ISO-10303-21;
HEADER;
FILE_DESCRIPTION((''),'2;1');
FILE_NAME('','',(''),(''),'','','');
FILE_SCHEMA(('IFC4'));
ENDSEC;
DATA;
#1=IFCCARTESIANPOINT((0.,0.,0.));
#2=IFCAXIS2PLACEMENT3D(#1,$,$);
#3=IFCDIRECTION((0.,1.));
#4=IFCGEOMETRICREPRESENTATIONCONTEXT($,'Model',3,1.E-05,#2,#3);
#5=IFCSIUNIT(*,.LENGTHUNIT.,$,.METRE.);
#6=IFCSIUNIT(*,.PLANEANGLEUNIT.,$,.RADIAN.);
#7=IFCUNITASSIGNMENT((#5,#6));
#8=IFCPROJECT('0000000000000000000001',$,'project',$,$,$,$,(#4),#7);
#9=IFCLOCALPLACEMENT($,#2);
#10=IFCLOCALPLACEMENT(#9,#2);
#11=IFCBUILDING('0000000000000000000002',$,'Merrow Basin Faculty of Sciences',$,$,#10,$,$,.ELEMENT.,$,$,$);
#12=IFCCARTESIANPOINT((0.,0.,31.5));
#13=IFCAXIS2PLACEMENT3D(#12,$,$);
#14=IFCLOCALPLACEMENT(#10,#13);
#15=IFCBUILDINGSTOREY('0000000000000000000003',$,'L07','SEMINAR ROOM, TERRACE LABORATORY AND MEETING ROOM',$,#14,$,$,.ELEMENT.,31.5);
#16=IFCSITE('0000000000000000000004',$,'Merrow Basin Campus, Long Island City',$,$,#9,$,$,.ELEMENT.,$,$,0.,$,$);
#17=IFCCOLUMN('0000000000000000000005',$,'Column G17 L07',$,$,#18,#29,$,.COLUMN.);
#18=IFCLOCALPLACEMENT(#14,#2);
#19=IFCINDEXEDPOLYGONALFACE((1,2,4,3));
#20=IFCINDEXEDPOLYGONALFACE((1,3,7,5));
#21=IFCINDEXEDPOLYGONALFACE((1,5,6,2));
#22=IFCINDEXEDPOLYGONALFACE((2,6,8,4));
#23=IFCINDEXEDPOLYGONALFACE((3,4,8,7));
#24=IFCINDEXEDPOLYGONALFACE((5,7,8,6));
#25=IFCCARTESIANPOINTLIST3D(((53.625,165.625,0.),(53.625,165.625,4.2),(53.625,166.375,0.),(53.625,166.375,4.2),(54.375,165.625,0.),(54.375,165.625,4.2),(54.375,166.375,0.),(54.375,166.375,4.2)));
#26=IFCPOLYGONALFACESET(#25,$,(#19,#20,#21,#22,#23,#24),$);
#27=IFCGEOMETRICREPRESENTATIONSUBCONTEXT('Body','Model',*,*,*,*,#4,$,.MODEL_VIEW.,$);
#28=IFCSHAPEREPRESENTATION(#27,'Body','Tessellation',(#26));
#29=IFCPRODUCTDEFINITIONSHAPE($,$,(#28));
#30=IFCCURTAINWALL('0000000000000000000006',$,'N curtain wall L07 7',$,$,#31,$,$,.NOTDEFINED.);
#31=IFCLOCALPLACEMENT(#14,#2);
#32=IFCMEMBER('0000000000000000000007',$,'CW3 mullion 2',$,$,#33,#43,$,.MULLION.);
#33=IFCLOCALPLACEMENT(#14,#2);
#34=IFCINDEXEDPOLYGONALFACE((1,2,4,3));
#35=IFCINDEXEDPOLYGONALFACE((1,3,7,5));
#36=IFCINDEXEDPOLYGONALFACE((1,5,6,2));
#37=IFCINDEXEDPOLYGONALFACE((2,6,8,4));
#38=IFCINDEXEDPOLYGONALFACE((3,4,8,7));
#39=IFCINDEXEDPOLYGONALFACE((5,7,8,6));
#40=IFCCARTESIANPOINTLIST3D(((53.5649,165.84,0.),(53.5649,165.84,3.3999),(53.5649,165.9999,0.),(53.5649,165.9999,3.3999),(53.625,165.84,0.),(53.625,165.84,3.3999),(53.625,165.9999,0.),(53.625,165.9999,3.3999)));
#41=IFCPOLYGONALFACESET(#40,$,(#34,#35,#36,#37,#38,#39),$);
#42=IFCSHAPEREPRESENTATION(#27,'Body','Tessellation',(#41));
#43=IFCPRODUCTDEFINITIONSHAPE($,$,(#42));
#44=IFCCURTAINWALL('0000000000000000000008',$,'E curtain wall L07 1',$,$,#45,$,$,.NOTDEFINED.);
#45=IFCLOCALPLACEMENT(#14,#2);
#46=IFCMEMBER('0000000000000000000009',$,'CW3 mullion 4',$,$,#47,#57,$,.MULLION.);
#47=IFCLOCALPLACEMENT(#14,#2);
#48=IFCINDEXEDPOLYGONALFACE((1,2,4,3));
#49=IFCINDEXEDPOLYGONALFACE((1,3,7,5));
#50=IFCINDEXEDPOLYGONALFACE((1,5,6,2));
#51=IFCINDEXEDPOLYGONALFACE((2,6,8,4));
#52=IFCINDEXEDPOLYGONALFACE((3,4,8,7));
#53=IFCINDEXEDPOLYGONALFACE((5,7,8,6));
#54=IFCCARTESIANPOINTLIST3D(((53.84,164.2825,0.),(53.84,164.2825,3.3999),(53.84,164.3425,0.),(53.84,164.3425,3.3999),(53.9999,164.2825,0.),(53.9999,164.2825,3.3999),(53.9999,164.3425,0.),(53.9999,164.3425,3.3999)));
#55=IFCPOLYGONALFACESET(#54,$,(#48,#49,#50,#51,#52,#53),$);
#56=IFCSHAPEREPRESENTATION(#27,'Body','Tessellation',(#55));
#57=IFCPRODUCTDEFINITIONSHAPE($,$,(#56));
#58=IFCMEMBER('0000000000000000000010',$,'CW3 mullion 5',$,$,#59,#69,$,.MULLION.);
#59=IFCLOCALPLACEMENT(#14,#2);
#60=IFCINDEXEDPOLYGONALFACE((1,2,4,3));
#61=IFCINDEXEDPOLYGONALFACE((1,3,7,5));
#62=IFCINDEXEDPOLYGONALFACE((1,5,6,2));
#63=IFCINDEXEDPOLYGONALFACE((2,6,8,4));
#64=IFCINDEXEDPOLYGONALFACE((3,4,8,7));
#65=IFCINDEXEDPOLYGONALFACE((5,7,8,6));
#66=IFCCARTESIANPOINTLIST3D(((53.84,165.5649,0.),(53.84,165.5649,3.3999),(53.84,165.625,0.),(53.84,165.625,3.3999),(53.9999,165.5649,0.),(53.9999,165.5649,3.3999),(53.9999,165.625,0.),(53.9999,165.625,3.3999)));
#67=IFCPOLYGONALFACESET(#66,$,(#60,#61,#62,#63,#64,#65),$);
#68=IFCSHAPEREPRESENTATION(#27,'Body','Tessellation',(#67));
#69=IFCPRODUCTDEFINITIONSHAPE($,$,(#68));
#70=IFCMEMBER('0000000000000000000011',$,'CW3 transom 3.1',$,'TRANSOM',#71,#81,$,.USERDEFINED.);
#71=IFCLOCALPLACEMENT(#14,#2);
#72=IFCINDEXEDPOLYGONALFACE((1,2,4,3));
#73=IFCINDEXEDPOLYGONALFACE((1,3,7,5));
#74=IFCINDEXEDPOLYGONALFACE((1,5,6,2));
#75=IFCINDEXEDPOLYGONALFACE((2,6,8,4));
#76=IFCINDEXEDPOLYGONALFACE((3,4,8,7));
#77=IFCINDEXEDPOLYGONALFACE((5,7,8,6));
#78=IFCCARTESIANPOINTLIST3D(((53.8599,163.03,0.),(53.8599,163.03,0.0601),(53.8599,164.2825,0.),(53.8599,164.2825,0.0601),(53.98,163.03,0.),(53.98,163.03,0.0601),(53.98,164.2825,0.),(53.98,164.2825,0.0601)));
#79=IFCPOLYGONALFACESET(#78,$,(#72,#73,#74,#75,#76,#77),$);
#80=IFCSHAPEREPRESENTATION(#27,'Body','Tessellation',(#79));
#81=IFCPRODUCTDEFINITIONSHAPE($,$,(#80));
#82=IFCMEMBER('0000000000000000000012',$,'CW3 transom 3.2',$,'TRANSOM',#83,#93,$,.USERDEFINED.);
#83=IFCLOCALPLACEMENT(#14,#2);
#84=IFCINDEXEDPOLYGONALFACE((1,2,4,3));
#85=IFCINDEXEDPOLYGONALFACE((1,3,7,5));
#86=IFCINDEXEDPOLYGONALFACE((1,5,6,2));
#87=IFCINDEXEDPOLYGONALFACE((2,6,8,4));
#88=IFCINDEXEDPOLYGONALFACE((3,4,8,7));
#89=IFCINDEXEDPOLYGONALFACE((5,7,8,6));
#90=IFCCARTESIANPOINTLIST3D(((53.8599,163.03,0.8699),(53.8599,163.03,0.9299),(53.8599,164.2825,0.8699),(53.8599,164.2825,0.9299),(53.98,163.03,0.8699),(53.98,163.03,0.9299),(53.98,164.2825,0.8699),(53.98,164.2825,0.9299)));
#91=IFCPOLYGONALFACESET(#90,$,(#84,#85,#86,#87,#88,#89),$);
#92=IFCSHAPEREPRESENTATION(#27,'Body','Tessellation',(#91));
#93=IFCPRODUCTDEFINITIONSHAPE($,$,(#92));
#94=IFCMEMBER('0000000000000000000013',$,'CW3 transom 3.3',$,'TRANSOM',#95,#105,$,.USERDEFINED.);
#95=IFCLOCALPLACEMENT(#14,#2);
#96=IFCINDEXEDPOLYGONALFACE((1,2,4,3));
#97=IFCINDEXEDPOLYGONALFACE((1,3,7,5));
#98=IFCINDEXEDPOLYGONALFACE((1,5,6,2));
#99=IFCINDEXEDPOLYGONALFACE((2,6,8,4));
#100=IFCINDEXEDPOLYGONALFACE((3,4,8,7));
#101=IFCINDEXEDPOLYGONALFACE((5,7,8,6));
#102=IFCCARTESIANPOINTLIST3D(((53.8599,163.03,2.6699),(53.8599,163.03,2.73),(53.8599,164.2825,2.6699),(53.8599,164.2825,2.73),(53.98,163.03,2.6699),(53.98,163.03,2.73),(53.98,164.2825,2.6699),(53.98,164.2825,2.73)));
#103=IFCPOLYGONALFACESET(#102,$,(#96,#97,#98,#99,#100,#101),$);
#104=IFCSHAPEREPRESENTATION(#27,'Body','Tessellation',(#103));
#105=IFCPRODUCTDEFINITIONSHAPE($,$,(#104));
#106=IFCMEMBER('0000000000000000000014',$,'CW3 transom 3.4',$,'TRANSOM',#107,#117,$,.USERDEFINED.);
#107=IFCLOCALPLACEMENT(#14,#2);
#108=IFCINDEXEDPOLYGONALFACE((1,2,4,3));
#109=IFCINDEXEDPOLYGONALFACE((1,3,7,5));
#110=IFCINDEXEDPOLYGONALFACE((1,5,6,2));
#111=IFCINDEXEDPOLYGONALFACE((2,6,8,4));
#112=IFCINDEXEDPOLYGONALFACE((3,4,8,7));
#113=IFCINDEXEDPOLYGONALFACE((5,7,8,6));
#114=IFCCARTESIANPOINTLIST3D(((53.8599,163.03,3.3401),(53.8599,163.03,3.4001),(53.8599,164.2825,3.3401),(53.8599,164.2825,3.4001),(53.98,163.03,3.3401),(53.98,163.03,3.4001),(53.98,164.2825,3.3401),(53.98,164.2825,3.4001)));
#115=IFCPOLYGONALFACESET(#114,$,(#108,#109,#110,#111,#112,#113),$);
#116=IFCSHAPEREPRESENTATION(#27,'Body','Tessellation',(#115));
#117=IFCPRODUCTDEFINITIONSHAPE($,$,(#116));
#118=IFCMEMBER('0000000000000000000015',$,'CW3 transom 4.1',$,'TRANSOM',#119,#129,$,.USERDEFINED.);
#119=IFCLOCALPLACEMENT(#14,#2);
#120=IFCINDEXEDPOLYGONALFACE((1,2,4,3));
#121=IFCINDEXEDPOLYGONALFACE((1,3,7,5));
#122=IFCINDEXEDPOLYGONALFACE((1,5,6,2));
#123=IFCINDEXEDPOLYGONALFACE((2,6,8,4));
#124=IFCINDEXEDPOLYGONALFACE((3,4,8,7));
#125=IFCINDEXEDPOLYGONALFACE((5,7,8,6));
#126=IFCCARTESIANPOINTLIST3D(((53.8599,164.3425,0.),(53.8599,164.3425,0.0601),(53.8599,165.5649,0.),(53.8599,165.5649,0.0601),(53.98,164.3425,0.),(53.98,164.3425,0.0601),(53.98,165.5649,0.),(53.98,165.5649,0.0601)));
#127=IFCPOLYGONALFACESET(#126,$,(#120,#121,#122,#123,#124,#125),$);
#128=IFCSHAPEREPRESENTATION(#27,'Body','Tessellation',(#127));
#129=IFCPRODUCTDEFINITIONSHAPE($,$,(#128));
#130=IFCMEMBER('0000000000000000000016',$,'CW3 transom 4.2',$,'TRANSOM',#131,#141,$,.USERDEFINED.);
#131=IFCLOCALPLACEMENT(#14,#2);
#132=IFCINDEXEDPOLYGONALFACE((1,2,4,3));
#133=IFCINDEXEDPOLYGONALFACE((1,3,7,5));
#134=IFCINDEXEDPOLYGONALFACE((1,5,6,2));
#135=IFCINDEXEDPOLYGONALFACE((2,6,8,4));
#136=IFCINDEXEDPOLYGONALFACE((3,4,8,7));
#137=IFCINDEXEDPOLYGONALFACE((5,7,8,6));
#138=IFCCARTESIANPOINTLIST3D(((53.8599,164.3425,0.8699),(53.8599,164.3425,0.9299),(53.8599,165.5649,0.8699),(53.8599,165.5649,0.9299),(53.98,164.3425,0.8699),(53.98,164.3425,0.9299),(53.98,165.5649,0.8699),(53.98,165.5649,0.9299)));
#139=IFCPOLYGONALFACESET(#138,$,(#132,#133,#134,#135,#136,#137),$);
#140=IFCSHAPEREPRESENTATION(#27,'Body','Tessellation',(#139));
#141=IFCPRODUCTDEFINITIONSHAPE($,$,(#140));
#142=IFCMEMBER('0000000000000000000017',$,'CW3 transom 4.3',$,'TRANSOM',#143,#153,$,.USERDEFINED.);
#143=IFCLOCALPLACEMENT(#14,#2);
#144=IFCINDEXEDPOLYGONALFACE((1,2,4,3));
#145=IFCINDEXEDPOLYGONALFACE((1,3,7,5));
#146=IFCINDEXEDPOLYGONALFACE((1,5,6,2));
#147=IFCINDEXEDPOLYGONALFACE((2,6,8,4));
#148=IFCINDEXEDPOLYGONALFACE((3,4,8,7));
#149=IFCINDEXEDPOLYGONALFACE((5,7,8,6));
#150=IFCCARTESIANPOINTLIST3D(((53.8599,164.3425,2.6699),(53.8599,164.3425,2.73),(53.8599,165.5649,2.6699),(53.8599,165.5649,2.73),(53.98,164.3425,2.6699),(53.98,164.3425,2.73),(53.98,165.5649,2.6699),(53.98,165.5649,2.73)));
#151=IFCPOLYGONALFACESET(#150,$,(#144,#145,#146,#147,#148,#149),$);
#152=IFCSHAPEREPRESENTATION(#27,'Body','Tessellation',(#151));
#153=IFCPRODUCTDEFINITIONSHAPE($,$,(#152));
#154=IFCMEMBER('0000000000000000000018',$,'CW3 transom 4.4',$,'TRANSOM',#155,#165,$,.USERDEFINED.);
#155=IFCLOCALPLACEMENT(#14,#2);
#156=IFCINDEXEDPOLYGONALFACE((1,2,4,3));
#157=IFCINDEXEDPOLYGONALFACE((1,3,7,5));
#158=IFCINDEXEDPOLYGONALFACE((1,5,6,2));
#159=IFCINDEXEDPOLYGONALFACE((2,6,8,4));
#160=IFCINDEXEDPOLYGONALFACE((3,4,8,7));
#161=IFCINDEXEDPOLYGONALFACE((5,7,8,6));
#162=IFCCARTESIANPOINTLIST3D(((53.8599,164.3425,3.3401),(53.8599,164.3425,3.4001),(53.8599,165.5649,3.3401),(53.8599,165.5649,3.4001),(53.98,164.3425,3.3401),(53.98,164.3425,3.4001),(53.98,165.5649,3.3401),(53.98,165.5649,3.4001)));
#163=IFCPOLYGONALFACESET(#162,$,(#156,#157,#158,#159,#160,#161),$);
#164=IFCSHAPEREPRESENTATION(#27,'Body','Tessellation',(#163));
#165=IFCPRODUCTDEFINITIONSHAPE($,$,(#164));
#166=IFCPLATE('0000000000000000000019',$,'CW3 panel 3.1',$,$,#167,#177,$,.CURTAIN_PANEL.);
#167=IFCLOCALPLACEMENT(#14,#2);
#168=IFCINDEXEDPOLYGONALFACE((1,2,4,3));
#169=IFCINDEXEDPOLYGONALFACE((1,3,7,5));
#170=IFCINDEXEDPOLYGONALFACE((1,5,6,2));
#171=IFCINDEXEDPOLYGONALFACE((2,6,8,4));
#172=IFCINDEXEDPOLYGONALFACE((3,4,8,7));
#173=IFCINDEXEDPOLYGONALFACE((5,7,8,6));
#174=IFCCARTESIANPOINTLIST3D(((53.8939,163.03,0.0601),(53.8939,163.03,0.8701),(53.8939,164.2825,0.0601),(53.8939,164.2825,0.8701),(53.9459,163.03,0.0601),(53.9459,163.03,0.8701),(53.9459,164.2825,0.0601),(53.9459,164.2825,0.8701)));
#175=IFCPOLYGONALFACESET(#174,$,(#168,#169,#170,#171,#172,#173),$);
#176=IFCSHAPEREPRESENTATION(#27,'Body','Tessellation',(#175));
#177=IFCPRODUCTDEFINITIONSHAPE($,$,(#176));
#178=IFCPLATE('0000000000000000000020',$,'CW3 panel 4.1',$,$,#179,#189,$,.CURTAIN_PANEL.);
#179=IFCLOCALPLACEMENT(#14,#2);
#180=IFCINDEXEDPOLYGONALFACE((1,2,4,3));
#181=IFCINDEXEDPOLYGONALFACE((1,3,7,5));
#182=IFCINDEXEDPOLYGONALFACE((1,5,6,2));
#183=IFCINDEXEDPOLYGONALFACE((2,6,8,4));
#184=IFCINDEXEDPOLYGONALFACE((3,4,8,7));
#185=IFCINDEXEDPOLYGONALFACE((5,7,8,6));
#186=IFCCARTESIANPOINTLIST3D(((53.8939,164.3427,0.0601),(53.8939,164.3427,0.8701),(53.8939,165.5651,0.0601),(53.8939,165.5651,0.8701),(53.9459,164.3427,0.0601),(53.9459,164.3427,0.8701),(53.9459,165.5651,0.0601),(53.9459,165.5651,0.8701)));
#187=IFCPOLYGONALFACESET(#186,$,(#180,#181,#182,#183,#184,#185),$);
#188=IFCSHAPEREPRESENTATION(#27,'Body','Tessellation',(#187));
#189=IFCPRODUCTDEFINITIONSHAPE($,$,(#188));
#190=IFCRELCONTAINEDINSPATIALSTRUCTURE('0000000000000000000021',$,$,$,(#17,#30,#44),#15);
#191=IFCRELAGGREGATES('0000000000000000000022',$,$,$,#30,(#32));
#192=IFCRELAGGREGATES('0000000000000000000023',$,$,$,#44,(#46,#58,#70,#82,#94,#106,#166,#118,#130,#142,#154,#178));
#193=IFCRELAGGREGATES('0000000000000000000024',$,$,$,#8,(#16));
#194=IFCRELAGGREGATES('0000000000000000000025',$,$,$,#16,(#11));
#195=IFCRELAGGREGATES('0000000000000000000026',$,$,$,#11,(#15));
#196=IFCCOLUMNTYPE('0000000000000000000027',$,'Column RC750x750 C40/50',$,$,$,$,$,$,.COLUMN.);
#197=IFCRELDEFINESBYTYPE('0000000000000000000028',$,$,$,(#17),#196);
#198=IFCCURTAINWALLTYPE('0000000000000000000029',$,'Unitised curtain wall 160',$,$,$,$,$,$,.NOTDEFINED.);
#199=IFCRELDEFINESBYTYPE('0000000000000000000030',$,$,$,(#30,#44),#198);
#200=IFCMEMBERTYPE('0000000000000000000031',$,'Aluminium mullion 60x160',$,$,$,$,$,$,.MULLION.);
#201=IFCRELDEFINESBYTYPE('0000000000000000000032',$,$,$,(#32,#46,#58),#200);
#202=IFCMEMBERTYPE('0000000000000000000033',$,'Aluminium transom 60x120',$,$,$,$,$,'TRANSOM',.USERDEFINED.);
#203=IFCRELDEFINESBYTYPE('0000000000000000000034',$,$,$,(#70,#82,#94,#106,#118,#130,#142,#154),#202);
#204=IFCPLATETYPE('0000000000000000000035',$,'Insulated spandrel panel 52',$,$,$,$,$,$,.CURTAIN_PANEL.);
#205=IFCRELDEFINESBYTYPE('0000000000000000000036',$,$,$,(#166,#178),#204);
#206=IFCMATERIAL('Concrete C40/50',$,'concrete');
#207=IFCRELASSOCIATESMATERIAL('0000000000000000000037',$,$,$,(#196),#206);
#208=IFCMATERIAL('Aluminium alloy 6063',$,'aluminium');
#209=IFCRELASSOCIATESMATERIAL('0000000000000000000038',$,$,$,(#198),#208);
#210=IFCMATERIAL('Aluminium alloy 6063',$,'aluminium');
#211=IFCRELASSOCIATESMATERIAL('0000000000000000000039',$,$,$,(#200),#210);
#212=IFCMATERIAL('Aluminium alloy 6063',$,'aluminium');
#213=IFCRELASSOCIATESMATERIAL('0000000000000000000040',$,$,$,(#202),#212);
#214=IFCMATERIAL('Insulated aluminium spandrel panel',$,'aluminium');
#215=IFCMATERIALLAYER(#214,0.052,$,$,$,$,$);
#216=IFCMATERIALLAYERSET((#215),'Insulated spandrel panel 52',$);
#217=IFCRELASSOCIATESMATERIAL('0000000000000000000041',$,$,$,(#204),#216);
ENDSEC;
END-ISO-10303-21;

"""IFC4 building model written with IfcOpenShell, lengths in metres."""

from ifc_helpers import new_model, si_unit, direction, frame, origin, origin_2d, place, context, subcontext, project, spatial, rectangle, extrude, material, layer, layer_set, material_profile, profile_set, type_object, element, aggregate, save


model = new_model("IFC4")

# Units and contexts
model_context = context("Model", 3, precision=1e-05, world=origin(), true_north=direction((0.0, 1.0)))
body_context = subcontext(model_context, "Body", "Model", "MODEL_VIEW")
ifc_project = project(units=[si_unit("LENGTHUNIT", "METRE"), si_unit("PLANEANGLEUNIT", "RADIAN")], contexts=[model_context])

# Site, building, storey
site_placement = place(None, origin())
site = spatial("IfcSite", under=ifc_project, at=site_placement, Name="Merrow Basin Campus, Long Island City", CompositionType="ELEMENT", RefElevation=0.0)
building_placement = place(site_placement, origin())
building = spatial("IfcBuilding", under=site, at=building_placement, Name="Merrow Basin Faculty of Sciences", CompositionType="ELEMENT")
storey_placement = place(building_placement, frame((0.0, 0.0, 31.5)))
storey = spatial("IfcBuildingStorey", under=building, at=storey_placement, Name="L07", Description="SEMINAR ROOM, TERRACE LABORATORY AND MEETING ROOM", CompositionType="ELEMENT", Elevation=31.5)

# Column
ifc_material_1 = material(Name="Concrete C40/50", Category="concrete")
ifc_material_profile_1 = material_profile(ifc_material_1, rectangle(XDim=0.75, YDim=0.75, at=origin_2d()))
ifc_profile_set_1 = profile_set([ifc_material_profile_1], Name="Concrete C40/50")
column_type = type_object("IfcColumnType", Name="Column RC750x750 C40/50", PredefinedType="COLUMN", material=ifc_profile_set_1)
column_placement = place(storey_placement, frame((54.0, 166.0, 0.0), z_axis=(0.0, 0.0, 1.0), x_axis=(1.0, 0.0, 0.0)))
element("IfcColumn", 1, at=column_placement, inside=storey, type_object=column_type, Name="Column G17 L07", PredefinedType="COLUMN", context=body_context, shape_type="SweptSolid", body=[
    extrude(rectangle(XDim=0.75, YDim=0.75, at=origin_2d()), origin(), (0.0, 0.0, 1.0), 4.2),
])

# Curtain wall, member
ifc_material_2 = material(Name="Aluminium alloy 6063", Category="aluminium")
curtain_wall_type = type_object("IfcCurtainWallType", Name="Unitised curtain wall 160", PredefinedType="NOTDEFINED", material=ifc_material_2)
curtain_wall_1_placement = place(storey_placement, origin())
curtain_wall_1 = element("IfcCurtainWall", 2, at=curtain_wall_1_placement, inside=storey, type_object=curtain_wall_type, Name="N curtain wall L07 7", PredefinedType="NOTDEFINED")
ifc_material_3 = material(Name="Aluminium alloy 6063", Category="aluminium")
ifc_material_profile_2 = material_profile(ifc_material_3, rectangle(XDim=0.1599, YDim=0.0601, at=origin_2d()))
ifc_profile_set_2 = profile_set([ifc_material_profile_2], Name="Aluminium alloy 6063")
member_type_1 = type_object("IfcMemberType", Name="Aluminium mullion 60x160", PredefinedType="MULLION", material=ifc_profile_set_2)
member_1_placement = place(storey_placement, frame((53.595, 165.9199, 0.0), z_axis=(0.0, 0.0, 1.0), x_axis=(0.0, 1.0, 0.0)))
member_1 = element("IfcMember", 3, at=member_1_placement, type_object=member_type_1, Name="CW3 mullion 2", PredefinedType="MULLION", context=body_context, shape_type="SweptSolid", body=[
    extrude(rectangle(XDim=0.1599, YDim=0.0601, at=origin_2d()), origin(), (0.0, 0.0, 1.0), 3.3999),
])

# Curtain wall, members, plates
curtain_wall_2_placement = place(storey_placement, origin())
curtain_wall_2 = element("IfcCurtainWall", 4, at=curtain_wall_2_placement, inside=storey, type_object=curtain_wall_type, Name="E curtain wall L07 1", PredefinedType="NOTDEFINED")
member_2_placement = place(storey_placement, frame((53.9199, 164.3125, 0.0), z_axis=(0.0, 0.0, 1.0), x_axis=(-1.0, 0.0, 0.0)))
member_2 = element("IfcMember", 5, at=member_2_placement, type_object=member_type_1, Name="CW3 mullion 4", PredefinedType="MULLION", context=body_context, shape_type="SweptSolid", body=[
    extrude(rectangle(XDim=0.1599, YDim=0.0601, at=origin_2d()), origin(), (0.0, 0.0, 1.0), 3.3999),
])
member_3_placement = place(storey_placement, frame((53.9199, 165.595, 0.0), z_axis=(0.0, 0.0, 1.0), x_axis=(-1.0, 0.0, 0.0)))
member_3 = element("IfcMember", 6, at=member_3_placement, type_object=member_type_1, Name="CW3 mullion 5", PredefinedType="MULLION", context=body_context, shape_type="SweptSolid", body=[
    extrude(rectangle(XDim=0.1599, YDim=0.0601, at=origin_2d()), origin(), (0.0, 0.0, 1.0), 3.3999),
])
ifc_material_4 = material(Name="Aluminium alloy 6063", Category="aluminium")
ifc_material_profile_3 = material_profile(ifc_material_4, rectangle(XDim=0.1201, YDim=0.0601, at=origin_2d()))
ifc_profile_set_3 = profile_set([ifc_material_profile_3], Name="Aluminium alloy 6063")
member_type_2 = type_object("IfcMemberType", Name="Aluminium transom 60x120", ElementType="TRANSOM", PredefinedType="USERDEFINED", material=ifc_profile_set_3)
member_4_placement = place(storey_placement, frame((53.9199, 163.03, 0.03), z_axis=(0.0, 1.0, 0.0), x_axis=(-1.0, 0.0, 0.0)))
member_4 = element("IfcMember", 7, at=member_4_placement, type_object=member_type_2, Name="CW3 transom 3.1", ObjectType="TRANSOM", PredefinedType="USERDEFINED", context=body_context, shape_type="SweptSolid", body=[
    extrude(rectangle(XDim=0.1201, YDim=0.0601, at=origin_2d()), origin(), (0.0, 0.0, 1.0), 1.2524),
])
member_5_placement = place(storey_placement, frame((53.9199, 163.03, 0.8999), z_axis=(0.0, 1.0, 0.0), x_axis=(-1.0, 0.0, 0.0)))
member_5 = element("IfcMember", 8, at=member_5_placement, type_object=member_type_2, Name="CW3 transom 3.2", ObjectType="TRANSOM", PredefinedType="USERDEFINED", context=body_context, shape_type="SweptSolid", body=[
    extrude(rectangle(XDim=0.1201, YDim=0.0601, at=origin_2d()), origin(), (0.0, 0.0, 1.0), 1.2524),
])
member_6_placement = place(storey_placement, frame((53.9199, 163.03, 2.7), z_axis=(0.0, 1.0, 0.0), x_axis=(-1.0, 0.0, 0.0)))
member_6 = element("IfcMember", 9, at=member_6_placement, type_object=member_type_2, Name="CW3 transom 3.3", ObjectType="TRANSOM", PredefinedType="USERDEFINED", context=body_context, shape_type="SweptSolid", body=[
    extrude(rectangle(XDim=0.1201, YDim=0.0601, at=origin_2d()), origin(), (0.0, 0.0, 1.0), 1.2524),
])
member_7_placement = place(storey_placement, frame((53.9199, 163.03, 3.3701), z_axis=(0.0, 1.0, 0.0), x_axis=(-1.0, 0.0, 0.0)))
member_7 = element("IfcMember", 10, at=member_7_placement, type_object=member_type_2, Name="CW3 transom 3.4", ObjectType="TRANSOM", PredefinedType="USERDEFINED", context=body_context, shape_type="SweptSolid", body=[
    extrude(rectangle(XDim=0.1201, YDim=0.0601, at=origin_2d()), origin(), (0.0, 0.0, 1.0), 1.2524),
])
member_8_placement = place(storey_placement, frame((53.9199, 164.3425, 0.03), z_axis=(0.0, 1.0, 0.0), x_axis=(-1.0, 0.0, 0.0)))
member_8 = element("IfcMember", 11, at=member_8_placement, type_object=member_type_2, Name="CW3 transom 4.1", ObjectType="TRANSOM", PredefinedType="USERDEFINED", context=body_context, shape_type="SweptSolid", body=[
    extrude(rectangle(XDim=0.1201, YDim=0.0601, at=origin_2d()), origin(), (0.0, 0.0, 1.0), 1.2224),
])
member_9_placement = place(storey_placement, frame((53.9199, 164.3425, 0.8999), z_axis=(0.0, 1.0, 0.0), x_axis=(-1.0, 0.0, 0.0)))
member_9 = element("IfcMember", 12, at=member_9_placement, type_object=member_type_2, Name="CW3 transom 4.2", ObjectType="TRANSOM", PredefinedType="USERDEFINED", context=body_context, shape_type="SweptSolid", body=[
    extrude(rectangle(XDim=0.1201, YDim=0.0601, at=origin_2d()), origin(), (0.0, 0.0, 1.0), 1.2224),
])
member_10_placement = place(storey_placement, frame((53.9199, 164.3425, 2.7), z_axis=(0.0, 1.0, 0.0), x_axis=(-1.0, 0.0, 0.0)))
member_10 = element("IfcMember", 13, at=member_10_placement, type_object=member_type_2, Name="CW3 transom 4.3", ObjectType="TRANSOM", PredefinedType="USERDEFINED", context=body_context, shape_type="SweptSolid", body=[
    extrude(rectangle(XDim=0.1201, YDim=0.0601, at=origin_2d()), origin(), (0.0, 0.0, 1.0), 1.2224),
])
member_11_placement = place(storey_placement, frame((53.9199, 164.3425, 3.3701), z_axis=(0.0, 1.0, 0.0), x_axis=(-1.0, 0.0, 0.0)))
member_11 = element("IfcMember", 14, at=member_11_placement, type_object=member_type_2, Name="CW3 transom 4.4", ObjectType="TRANSOM", PredefinedType="USERDEFINED", context=body_context, shape_type="SweptSolid", body=[
    extrude(rectangle(XDim=0.1201, YDim=0.0601, at=origin_2d()), origin(), (0.0, 0.0, 1.0), 1.2224),
])
ifc_material_5 = material(Name="Insulated aluminium spandrel panel", Category="aluminium")
ifc_layer_1 = layer(ifc_material_5, 0.052)
ifc_layer_set_1 = layer_set([ifc_layer_1], Name="Insulated spandrel panel 52")
plate_type_1 = type_object("IfcPlateType", Name="Insulated spandrel panel 52", PredefinedType="CURTAIN_PANEL", material=ifc_layer_set_1)
plate_1_placement = place(storey_placement, frame((53.9199, 163.6562, 0.0601), z_axis=(0.0, 0.0, 1.0), x_axis=(0.0, 1.0, 0.0)))
plate_1 = element("IfcPlate", 15, at=plate_1_placement, type_object=plate_type_1, Name="CW3 panel 3.1", PredefinedType="CURTAIN_PANEL", context=body_context, shape_type="SweptSolid", body=[
    extrude(rectangle(XDim=1.2524, YDim=0.052, at=origin_2d()), origin(), (0.0, 0.0, 1.0), 0.8101),
])
plate_2_placement = place(storey_placement, frame((53.9199, 164.9539, 0.0601), z_axis=(0.0, 0.0, 1.0), x_axis=(0.0, 1.0, 0.0)))
plate_2 = element("IfcPlate", 16, at=plate_2_placement, type_object=plate_type_1, Name="CW3 panel 4.1", PredefinedType="CURTAIN_PANEL", context=body_context, shape_type="SweptSolid", body=[
    extrude(rectangle(XDim=1.2224, YDim=0.052, at=origin_2d()), origin(), (0.0, 0.0, 1.0), 0.8101),
])

aggregate(curtain_wall_1, [member_1])
aggregate(curtain_wall_2, [member_2, member_3, member_4, member_5, member_6, member_7, plate_1, member_8, member_9, member_10, member_11, plate_2])

save(model, "model.ifc")
